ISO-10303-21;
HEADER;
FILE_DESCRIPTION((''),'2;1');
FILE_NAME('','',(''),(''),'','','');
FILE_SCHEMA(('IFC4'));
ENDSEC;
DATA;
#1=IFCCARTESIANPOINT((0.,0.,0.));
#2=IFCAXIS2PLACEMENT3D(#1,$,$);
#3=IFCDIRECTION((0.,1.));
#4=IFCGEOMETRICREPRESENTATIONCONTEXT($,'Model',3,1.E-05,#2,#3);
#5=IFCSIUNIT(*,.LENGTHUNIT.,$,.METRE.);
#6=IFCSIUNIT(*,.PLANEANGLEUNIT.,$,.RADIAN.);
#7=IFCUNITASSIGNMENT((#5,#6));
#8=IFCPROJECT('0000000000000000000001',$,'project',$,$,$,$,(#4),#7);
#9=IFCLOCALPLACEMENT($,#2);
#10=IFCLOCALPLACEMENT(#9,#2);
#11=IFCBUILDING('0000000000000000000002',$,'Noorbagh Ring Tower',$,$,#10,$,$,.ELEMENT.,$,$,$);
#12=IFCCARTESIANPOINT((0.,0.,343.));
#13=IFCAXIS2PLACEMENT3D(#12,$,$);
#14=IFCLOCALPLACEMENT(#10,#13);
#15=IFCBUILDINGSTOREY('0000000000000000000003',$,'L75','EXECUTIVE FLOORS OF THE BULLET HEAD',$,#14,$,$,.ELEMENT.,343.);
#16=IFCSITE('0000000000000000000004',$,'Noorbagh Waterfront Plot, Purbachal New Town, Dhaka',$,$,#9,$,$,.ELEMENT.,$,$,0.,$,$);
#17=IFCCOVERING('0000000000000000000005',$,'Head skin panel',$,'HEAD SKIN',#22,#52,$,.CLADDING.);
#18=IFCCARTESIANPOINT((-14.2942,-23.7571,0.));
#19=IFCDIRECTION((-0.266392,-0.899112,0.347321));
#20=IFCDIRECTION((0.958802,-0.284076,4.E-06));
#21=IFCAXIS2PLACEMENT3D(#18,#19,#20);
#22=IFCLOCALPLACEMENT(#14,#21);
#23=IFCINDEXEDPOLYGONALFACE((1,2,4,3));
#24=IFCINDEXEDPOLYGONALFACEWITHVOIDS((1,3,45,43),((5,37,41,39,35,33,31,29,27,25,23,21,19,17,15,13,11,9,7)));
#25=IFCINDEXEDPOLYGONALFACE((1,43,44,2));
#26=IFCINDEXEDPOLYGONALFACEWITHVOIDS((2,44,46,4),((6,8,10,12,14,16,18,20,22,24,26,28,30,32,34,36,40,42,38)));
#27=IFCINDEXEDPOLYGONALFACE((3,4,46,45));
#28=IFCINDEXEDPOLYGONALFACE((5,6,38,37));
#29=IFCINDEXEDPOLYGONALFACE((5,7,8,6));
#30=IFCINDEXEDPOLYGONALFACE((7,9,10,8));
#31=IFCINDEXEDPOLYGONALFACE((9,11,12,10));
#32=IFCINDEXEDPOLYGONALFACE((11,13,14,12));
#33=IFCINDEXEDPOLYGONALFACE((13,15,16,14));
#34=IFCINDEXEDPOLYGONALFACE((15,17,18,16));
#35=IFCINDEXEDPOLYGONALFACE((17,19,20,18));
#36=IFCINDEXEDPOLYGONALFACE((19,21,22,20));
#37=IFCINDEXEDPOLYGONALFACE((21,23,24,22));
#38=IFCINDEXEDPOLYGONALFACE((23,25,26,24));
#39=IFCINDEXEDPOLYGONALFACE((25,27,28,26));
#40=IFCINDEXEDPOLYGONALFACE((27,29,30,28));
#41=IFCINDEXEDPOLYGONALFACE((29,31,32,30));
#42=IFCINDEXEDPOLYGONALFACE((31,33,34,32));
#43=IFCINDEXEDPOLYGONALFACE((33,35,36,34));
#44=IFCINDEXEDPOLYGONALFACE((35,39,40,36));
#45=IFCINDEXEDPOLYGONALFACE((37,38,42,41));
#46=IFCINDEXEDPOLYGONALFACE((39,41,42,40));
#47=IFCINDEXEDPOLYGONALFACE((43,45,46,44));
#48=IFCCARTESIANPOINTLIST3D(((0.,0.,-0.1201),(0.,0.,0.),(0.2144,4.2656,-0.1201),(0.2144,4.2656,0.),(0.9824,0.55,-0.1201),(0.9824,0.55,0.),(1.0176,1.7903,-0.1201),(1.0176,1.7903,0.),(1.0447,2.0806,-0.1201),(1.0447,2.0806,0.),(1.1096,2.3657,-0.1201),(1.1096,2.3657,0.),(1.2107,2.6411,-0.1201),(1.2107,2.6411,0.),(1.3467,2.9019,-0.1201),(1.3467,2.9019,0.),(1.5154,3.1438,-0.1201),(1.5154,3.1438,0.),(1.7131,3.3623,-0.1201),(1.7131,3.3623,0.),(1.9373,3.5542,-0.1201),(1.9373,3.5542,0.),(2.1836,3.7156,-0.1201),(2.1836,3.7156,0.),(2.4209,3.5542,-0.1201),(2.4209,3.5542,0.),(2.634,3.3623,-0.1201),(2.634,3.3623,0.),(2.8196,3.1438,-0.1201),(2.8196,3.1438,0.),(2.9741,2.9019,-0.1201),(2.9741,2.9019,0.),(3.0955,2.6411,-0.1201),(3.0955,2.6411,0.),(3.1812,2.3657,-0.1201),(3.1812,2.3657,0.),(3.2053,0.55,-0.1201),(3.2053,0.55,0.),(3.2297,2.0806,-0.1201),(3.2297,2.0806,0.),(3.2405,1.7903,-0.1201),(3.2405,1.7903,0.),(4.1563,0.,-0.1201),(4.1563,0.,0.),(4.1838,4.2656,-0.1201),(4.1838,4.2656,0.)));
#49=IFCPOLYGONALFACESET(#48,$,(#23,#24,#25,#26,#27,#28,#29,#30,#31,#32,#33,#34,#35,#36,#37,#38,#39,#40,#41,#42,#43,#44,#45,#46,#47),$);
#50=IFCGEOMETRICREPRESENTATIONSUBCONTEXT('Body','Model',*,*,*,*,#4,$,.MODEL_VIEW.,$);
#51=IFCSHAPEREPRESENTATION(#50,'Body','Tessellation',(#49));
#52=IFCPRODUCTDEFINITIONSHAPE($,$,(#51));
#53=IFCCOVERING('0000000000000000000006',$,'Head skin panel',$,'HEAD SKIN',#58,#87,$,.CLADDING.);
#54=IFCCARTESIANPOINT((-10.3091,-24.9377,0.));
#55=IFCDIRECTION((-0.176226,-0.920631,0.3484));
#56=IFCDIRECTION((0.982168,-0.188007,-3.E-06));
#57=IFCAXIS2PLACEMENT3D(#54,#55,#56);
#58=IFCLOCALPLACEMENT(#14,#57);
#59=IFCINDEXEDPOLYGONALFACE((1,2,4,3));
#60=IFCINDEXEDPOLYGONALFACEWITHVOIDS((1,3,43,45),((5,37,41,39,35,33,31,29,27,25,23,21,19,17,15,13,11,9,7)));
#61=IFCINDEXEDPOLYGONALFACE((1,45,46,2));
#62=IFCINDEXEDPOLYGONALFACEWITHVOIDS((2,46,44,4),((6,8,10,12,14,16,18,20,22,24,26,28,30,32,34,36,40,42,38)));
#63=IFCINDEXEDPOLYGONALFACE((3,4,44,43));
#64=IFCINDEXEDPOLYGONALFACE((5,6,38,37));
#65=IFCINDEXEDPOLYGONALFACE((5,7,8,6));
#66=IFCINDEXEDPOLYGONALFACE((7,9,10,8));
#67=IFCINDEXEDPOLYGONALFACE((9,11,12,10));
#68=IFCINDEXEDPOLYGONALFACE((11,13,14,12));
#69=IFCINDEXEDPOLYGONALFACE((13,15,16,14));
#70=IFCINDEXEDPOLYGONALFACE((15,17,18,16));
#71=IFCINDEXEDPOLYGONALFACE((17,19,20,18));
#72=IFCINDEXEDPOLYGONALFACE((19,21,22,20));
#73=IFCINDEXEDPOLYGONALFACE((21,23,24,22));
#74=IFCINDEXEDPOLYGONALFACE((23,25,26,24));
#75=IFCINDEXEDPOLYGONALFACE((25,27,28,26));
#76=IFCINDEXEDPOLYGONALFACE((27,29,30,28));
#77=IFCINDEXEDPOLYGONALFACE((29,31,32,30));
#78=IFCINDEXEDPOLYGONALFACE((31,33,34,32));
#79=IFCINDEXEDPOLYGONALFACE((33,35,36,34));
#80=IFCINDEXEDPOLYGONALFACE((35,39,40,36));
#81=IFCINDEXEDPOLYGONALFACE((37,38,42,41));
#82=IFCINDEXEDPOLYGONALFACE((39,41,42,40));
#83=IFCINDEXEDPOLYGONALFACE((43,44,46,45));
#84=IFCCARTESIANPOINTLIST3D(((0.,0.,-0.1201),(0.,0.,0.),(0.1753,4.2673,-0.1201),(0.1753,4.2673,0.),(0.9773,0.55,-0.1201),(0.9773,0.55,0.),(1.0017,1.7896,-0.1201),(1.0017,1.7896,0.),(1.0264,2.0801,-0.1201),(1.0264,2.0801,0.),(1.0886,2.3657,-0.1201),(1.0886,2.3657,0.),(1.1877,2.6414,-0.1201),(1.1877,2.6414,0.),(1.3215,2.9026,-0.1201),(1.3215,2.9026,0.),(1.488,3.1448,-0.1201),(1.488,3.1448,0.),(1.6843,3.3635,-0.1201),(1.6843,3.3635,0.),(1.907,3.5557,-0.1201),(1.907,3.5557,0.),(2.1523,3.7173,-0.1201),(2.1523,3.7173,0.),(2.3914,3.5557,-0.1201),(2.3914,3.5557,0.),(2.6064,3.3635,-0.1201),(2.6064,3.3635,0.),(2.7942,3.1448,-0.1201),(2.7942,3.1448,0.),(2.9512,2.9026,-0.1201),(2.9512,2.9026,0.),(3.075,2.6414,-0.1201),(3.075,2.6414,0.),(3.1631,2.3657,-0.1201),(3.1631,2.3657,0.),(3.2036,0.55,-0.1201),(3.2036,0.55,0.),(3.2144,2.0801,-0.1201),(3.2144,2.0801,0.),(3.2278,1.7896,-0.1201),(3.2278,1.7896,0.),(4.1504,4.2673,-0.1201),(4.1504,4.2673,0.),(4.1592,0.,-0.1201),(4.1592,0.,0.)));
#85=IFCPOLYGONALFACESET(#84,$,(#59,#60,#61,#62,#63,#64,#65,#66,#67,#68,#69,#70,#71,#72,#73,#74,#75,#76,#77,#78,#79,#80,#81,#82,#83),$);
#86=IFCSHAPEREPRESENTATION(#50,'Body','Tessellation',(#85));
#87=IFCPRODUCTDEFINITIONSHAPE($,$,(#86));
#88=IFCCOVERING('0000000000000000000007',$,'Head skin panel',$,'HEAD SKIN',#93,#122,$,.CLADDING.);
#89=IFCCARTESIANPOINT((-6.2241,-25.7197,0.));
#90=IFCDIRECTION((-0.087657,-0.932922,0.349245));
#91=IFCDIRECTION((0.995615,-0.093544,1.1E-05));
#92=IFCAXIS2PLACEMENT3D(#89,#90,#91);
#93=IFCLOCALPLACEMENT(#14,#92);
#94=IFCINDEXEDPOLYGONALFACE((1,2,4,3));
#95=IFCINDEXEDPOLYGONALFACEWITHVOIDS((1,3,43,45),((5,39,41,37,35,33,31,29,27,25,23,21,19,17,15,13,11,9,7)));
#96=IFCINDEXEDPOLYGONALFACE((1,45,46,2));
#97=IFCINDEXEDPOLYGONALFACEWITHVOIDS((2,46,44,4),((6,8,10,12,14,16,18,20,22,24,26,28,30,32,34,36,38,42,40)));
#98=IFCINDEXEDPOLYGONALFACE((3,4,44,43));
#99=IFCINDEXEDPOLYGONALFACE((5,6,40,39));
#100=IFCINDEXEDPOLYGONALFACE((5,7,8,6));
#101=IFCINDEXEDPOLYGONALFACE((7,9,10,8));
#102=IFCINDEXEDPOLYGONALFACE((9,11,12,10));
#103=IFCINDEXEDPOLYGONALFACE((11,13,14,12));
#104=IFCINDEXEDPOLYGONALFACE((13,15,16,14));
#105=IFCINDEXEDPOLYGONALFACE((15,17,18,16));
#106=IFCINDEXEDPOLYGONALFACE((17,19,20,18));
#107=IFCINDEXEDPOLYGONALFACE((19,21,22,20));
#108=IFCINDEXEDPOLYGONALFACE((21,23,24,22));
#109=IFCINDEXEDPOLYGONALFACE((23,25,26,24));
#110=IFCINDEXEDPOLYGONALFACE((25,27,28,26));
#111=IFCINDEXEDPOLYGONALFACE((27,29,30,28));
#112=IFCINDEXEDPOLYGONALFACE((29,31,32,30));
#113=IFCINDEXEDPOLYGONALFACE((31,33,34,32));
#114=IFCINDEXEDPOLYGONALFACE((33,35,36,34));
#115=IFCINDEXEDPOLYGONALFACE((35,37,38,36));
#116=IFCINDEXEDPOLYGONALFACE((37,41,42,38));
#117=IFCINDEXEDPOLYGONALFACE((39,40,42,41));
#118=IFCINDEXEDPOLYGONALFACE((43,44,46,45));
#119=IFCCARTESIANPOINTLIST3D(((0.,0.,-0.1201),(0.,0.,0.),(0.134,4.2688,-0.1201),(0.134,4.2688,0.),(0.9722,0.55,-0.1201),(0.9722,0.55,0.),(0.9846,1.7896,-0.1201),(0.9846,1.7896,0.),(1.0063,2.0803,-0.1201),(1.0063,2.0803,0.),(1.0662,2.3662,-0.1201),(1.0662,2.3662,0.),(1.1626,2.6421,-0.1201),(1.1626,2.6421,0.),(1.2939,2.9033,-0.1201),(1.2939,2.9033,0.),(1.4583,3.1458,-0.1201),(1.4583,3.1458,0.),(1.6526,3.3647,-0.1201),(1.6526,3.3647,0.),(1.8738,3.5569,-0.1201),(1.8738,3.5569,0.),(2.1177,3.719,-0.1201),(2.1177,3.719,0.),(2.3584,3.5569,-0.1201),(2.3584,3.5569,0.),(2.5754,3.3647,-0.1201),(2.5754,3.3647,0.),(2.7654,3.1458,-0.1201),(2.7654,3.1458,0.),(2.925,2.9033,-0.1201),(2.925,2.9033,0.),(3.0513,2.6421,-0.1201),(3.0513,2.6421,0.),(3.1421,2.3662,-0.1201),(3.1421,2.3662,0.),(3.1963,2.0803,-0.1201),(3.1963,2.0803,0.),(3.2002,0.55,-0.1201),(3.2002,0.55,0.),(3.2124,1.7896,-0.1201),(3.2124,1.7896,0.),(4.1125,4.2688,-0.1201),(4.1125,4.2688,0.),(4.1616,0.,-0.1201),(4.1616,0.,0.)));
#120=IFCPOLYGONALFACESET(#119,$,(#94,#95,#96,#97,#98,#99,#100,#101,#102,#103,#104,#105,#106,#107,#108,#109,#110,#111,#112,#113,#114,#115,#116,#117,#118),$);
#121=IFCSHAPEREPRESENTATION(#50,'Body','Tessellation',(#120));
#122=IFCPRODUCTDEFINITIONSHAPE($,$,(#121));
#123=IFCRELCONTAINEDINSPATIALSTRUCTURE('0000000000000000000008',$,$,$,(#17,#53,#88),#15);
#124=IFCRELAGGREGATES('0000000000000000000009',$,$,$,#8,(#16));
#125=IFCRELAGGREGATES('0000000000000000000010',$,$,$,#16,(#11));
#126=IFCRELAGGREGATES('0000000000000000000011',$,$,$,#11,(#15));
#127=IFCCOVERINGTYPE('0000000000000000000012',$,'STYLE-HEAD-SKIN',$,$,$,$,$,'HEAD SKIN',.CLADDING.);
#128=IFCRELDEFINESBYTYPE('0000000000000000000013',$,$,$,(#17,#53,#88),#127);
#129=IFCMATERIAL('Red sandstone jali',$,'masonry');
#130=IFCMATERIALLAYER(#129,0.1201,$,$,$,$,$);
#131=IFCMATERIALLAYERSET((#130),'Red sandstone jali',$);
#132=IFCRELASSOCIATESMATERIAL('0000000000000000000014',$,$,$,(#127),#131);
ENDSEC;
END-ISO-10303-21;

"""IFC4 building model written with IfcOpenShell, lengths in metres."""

from ifc_helpers import new_model, si_unit, direction, frame, origin, place, context, subcontext, project, spatial, polyline, outline, extrude, material, layer, layer_set, type_object, element, save


model = new_model("IFC4")

# Units and contexts
model_context = context("Model", 3, precision=1e-05, world=origin(), true_north=direction((0.0, 1.0)))
body_context = subcontext(model_context, "Body", "Model", "MODEL_VIEW")
ifc_project = project(units=[si_unit("LENGTHUNIT", "METRE"), si_unit("PLANEANGLEUNIT", "RADIAN")], contexts=[model_context])

# Site, building, storey
site_placement = place(None, origin())
site = spatial("IfcSite", under=ifc_project, at=site_placement, Name="Noorbagh Waterfront Plot, Purbachal New Town, Dhaka", CompositionType="ELEMENT", RefElevation=0.0)
building_placement = place(site_placement, origin())
building = spatial("IfcBuilding", under=site, at=building_placement, Name="Noorbagh Ring Tower", CompositionType="ELEMENT")
storey_placement = place(building_placement, frame((0.0, 0.0, 343.0)))
storey = spatial("IfcBuildingStorey", under=building, at=storey_placement, Name="L75", Description="EXECUTIVE FLOORS OF THE BULLET HEAD", CompositionType="ELEMENT", Elevation=343.0)

# Coverings
ifc_material_1 = material(Name="Red sandstone jali", Category="masonry")
ifc_layer_1 = layer(ifc_material_1, 0.1201)
ifc_layer_set_1 = layer_set([ifc_layer_1], Name="Red sandstone jali")
covering_type_1 = type_object("IfcCoveringType", Name="STYLE-HEAD-SKIN", ElementType="HEAD SKIN", PredefinedType="CLADDING", material=ifc_layer_set_1)
covering_1_placement = place(storey_placement, frame((-14.2942, -23.7571, 0.0), z_axis=(-0.266392, -0.899112, 0.347321), x_axis=(0.958802, -0.284076, 0.000004)))
element("IfcCovering", 1, at=covering_1_placement, inside=storey, type_object=covering_type_1, Name="Head skin panel", ObjectType="HEAD SKIN", PredefinedType="CLADDING", context=body_context, shape_type="SweptSolid", body=[
    extrude(outline(polyline([(0.0, 0.0), (4.1562, 0.0), (4.1838, 4.2656), (0.2144, 4.2656), (0.0, 0.0)]), holes=[polyline([(0.9824, 0.55), (1.0176, 1.7903), (1.0447, 2.0806), (1.1096, 2.3657), (1.2107, 2.6411), (1.3467, 2.9019), (1.5154, 3.1438), (1.7131, 3.3623), (1.9373, 3.5542), (2.1836, 3.7156), (2.4209, 3.5542), (2.634, 3.3623), (2.8196, 3.1438), (2.9741, 2.9019), (3.0955, 2.6411), (3.1812, 2.3657), (3.2297, 2.0806), (3.2405, 1.7903), (3.2053, 0.55), (0.9824, 0.55)])]), origin(), (0.0, 0.0, -1.0), 0.1201),
])
covering_2_placement = place(storey_placement, frame((-10.3091, -24.9377, 0.0), z_axis=(-0.176226, -0.920631, 0.3484), x_axis=(0.982168, -0.188007, -0.000003)))
element("IfcCovering", 2, at=covering_2_placement, inside=storey, type_object=covering_type_1, Name="Head skin panel", ObjectType="HEAD SKIN", PredefinedType="CLADDING", context=body_context, shape_type="SweptSolid", body=[
    extrude(outline(polyline([(0.0, 0.0), (4.1592, 0.0), (4.1504, 4.2673), (0.1753, 4.2673), (0.0, 0.0)]), holes=[polyline([(0.9773, 0.55), (1.0017, 1.7896), (1.0264, 2.0801), (1.0886, 2.3657), (1.1877, 2.6414), (1.3215, 2.9026), (1.488, 3.1448), (1.6843, 3.3635), (1.907, 3.5557), (2.1523, 3.7173), (2.3914, 3.5557), (2.6064, 3.3635), (2.7942, 3.1448), (2.9512, 2.9026), (3.075, 2.6414), (3.1631, 2.3657), (3.2144, 2.0801), (3.2278, 1.7896), (3.2036, 0.55), (0.9773, 0.55)])]), origin(), (0.0, 0.0, -1.0), 0.1201),
])
covering_3_placement = place(storey_placement, frame((-6.2241, -25.7197, 0.0), z_axis=(-0.087657, -0.932922, 0.349245), x_axis=(0.995615, -0.093544, 0.000011)))
element("IfcCovering", 3, at=covering_3_placement, inside=storey, type_object=covering_type_1, Name="Head skin panel", ObjectType="HEAD SKIN", PredefinedType="CLADDING", context=body_context, shape_type="SweptSolid", body=[
    extrude(outline(polyline([(0.0, 0.0), (4.1616, 0.0), (4.1125, 4.2688), (0.134, 4.2688), (0.0, 0.0)]), holes=[polyline([(0.9722, 0.55), (0.9846, 1.7896), (1.0063, 2.0803), (1.0662, 2.3662), (1.1626, 2.6421), (1.2939, 2.9033), (1.4583, 3.1458), (1.6526, 3.3647), (1.8738, 3.5569), (2.1177, 3.719), (2.3584, 3.5569), (2.5754, 3.3647), (2.7654, 3.1458), (2.925, 2.9033), (3.0513, 2.6421), (3.1421, 2.3662), (3.1963, 2.0803), (3.2124, 1.7896), (3.2002, 0.55), (0.9722, 0.55)])]), origin(), (0.0, 0.0, -1.0), 0.1201),
])

save(model, "model.ifc")
